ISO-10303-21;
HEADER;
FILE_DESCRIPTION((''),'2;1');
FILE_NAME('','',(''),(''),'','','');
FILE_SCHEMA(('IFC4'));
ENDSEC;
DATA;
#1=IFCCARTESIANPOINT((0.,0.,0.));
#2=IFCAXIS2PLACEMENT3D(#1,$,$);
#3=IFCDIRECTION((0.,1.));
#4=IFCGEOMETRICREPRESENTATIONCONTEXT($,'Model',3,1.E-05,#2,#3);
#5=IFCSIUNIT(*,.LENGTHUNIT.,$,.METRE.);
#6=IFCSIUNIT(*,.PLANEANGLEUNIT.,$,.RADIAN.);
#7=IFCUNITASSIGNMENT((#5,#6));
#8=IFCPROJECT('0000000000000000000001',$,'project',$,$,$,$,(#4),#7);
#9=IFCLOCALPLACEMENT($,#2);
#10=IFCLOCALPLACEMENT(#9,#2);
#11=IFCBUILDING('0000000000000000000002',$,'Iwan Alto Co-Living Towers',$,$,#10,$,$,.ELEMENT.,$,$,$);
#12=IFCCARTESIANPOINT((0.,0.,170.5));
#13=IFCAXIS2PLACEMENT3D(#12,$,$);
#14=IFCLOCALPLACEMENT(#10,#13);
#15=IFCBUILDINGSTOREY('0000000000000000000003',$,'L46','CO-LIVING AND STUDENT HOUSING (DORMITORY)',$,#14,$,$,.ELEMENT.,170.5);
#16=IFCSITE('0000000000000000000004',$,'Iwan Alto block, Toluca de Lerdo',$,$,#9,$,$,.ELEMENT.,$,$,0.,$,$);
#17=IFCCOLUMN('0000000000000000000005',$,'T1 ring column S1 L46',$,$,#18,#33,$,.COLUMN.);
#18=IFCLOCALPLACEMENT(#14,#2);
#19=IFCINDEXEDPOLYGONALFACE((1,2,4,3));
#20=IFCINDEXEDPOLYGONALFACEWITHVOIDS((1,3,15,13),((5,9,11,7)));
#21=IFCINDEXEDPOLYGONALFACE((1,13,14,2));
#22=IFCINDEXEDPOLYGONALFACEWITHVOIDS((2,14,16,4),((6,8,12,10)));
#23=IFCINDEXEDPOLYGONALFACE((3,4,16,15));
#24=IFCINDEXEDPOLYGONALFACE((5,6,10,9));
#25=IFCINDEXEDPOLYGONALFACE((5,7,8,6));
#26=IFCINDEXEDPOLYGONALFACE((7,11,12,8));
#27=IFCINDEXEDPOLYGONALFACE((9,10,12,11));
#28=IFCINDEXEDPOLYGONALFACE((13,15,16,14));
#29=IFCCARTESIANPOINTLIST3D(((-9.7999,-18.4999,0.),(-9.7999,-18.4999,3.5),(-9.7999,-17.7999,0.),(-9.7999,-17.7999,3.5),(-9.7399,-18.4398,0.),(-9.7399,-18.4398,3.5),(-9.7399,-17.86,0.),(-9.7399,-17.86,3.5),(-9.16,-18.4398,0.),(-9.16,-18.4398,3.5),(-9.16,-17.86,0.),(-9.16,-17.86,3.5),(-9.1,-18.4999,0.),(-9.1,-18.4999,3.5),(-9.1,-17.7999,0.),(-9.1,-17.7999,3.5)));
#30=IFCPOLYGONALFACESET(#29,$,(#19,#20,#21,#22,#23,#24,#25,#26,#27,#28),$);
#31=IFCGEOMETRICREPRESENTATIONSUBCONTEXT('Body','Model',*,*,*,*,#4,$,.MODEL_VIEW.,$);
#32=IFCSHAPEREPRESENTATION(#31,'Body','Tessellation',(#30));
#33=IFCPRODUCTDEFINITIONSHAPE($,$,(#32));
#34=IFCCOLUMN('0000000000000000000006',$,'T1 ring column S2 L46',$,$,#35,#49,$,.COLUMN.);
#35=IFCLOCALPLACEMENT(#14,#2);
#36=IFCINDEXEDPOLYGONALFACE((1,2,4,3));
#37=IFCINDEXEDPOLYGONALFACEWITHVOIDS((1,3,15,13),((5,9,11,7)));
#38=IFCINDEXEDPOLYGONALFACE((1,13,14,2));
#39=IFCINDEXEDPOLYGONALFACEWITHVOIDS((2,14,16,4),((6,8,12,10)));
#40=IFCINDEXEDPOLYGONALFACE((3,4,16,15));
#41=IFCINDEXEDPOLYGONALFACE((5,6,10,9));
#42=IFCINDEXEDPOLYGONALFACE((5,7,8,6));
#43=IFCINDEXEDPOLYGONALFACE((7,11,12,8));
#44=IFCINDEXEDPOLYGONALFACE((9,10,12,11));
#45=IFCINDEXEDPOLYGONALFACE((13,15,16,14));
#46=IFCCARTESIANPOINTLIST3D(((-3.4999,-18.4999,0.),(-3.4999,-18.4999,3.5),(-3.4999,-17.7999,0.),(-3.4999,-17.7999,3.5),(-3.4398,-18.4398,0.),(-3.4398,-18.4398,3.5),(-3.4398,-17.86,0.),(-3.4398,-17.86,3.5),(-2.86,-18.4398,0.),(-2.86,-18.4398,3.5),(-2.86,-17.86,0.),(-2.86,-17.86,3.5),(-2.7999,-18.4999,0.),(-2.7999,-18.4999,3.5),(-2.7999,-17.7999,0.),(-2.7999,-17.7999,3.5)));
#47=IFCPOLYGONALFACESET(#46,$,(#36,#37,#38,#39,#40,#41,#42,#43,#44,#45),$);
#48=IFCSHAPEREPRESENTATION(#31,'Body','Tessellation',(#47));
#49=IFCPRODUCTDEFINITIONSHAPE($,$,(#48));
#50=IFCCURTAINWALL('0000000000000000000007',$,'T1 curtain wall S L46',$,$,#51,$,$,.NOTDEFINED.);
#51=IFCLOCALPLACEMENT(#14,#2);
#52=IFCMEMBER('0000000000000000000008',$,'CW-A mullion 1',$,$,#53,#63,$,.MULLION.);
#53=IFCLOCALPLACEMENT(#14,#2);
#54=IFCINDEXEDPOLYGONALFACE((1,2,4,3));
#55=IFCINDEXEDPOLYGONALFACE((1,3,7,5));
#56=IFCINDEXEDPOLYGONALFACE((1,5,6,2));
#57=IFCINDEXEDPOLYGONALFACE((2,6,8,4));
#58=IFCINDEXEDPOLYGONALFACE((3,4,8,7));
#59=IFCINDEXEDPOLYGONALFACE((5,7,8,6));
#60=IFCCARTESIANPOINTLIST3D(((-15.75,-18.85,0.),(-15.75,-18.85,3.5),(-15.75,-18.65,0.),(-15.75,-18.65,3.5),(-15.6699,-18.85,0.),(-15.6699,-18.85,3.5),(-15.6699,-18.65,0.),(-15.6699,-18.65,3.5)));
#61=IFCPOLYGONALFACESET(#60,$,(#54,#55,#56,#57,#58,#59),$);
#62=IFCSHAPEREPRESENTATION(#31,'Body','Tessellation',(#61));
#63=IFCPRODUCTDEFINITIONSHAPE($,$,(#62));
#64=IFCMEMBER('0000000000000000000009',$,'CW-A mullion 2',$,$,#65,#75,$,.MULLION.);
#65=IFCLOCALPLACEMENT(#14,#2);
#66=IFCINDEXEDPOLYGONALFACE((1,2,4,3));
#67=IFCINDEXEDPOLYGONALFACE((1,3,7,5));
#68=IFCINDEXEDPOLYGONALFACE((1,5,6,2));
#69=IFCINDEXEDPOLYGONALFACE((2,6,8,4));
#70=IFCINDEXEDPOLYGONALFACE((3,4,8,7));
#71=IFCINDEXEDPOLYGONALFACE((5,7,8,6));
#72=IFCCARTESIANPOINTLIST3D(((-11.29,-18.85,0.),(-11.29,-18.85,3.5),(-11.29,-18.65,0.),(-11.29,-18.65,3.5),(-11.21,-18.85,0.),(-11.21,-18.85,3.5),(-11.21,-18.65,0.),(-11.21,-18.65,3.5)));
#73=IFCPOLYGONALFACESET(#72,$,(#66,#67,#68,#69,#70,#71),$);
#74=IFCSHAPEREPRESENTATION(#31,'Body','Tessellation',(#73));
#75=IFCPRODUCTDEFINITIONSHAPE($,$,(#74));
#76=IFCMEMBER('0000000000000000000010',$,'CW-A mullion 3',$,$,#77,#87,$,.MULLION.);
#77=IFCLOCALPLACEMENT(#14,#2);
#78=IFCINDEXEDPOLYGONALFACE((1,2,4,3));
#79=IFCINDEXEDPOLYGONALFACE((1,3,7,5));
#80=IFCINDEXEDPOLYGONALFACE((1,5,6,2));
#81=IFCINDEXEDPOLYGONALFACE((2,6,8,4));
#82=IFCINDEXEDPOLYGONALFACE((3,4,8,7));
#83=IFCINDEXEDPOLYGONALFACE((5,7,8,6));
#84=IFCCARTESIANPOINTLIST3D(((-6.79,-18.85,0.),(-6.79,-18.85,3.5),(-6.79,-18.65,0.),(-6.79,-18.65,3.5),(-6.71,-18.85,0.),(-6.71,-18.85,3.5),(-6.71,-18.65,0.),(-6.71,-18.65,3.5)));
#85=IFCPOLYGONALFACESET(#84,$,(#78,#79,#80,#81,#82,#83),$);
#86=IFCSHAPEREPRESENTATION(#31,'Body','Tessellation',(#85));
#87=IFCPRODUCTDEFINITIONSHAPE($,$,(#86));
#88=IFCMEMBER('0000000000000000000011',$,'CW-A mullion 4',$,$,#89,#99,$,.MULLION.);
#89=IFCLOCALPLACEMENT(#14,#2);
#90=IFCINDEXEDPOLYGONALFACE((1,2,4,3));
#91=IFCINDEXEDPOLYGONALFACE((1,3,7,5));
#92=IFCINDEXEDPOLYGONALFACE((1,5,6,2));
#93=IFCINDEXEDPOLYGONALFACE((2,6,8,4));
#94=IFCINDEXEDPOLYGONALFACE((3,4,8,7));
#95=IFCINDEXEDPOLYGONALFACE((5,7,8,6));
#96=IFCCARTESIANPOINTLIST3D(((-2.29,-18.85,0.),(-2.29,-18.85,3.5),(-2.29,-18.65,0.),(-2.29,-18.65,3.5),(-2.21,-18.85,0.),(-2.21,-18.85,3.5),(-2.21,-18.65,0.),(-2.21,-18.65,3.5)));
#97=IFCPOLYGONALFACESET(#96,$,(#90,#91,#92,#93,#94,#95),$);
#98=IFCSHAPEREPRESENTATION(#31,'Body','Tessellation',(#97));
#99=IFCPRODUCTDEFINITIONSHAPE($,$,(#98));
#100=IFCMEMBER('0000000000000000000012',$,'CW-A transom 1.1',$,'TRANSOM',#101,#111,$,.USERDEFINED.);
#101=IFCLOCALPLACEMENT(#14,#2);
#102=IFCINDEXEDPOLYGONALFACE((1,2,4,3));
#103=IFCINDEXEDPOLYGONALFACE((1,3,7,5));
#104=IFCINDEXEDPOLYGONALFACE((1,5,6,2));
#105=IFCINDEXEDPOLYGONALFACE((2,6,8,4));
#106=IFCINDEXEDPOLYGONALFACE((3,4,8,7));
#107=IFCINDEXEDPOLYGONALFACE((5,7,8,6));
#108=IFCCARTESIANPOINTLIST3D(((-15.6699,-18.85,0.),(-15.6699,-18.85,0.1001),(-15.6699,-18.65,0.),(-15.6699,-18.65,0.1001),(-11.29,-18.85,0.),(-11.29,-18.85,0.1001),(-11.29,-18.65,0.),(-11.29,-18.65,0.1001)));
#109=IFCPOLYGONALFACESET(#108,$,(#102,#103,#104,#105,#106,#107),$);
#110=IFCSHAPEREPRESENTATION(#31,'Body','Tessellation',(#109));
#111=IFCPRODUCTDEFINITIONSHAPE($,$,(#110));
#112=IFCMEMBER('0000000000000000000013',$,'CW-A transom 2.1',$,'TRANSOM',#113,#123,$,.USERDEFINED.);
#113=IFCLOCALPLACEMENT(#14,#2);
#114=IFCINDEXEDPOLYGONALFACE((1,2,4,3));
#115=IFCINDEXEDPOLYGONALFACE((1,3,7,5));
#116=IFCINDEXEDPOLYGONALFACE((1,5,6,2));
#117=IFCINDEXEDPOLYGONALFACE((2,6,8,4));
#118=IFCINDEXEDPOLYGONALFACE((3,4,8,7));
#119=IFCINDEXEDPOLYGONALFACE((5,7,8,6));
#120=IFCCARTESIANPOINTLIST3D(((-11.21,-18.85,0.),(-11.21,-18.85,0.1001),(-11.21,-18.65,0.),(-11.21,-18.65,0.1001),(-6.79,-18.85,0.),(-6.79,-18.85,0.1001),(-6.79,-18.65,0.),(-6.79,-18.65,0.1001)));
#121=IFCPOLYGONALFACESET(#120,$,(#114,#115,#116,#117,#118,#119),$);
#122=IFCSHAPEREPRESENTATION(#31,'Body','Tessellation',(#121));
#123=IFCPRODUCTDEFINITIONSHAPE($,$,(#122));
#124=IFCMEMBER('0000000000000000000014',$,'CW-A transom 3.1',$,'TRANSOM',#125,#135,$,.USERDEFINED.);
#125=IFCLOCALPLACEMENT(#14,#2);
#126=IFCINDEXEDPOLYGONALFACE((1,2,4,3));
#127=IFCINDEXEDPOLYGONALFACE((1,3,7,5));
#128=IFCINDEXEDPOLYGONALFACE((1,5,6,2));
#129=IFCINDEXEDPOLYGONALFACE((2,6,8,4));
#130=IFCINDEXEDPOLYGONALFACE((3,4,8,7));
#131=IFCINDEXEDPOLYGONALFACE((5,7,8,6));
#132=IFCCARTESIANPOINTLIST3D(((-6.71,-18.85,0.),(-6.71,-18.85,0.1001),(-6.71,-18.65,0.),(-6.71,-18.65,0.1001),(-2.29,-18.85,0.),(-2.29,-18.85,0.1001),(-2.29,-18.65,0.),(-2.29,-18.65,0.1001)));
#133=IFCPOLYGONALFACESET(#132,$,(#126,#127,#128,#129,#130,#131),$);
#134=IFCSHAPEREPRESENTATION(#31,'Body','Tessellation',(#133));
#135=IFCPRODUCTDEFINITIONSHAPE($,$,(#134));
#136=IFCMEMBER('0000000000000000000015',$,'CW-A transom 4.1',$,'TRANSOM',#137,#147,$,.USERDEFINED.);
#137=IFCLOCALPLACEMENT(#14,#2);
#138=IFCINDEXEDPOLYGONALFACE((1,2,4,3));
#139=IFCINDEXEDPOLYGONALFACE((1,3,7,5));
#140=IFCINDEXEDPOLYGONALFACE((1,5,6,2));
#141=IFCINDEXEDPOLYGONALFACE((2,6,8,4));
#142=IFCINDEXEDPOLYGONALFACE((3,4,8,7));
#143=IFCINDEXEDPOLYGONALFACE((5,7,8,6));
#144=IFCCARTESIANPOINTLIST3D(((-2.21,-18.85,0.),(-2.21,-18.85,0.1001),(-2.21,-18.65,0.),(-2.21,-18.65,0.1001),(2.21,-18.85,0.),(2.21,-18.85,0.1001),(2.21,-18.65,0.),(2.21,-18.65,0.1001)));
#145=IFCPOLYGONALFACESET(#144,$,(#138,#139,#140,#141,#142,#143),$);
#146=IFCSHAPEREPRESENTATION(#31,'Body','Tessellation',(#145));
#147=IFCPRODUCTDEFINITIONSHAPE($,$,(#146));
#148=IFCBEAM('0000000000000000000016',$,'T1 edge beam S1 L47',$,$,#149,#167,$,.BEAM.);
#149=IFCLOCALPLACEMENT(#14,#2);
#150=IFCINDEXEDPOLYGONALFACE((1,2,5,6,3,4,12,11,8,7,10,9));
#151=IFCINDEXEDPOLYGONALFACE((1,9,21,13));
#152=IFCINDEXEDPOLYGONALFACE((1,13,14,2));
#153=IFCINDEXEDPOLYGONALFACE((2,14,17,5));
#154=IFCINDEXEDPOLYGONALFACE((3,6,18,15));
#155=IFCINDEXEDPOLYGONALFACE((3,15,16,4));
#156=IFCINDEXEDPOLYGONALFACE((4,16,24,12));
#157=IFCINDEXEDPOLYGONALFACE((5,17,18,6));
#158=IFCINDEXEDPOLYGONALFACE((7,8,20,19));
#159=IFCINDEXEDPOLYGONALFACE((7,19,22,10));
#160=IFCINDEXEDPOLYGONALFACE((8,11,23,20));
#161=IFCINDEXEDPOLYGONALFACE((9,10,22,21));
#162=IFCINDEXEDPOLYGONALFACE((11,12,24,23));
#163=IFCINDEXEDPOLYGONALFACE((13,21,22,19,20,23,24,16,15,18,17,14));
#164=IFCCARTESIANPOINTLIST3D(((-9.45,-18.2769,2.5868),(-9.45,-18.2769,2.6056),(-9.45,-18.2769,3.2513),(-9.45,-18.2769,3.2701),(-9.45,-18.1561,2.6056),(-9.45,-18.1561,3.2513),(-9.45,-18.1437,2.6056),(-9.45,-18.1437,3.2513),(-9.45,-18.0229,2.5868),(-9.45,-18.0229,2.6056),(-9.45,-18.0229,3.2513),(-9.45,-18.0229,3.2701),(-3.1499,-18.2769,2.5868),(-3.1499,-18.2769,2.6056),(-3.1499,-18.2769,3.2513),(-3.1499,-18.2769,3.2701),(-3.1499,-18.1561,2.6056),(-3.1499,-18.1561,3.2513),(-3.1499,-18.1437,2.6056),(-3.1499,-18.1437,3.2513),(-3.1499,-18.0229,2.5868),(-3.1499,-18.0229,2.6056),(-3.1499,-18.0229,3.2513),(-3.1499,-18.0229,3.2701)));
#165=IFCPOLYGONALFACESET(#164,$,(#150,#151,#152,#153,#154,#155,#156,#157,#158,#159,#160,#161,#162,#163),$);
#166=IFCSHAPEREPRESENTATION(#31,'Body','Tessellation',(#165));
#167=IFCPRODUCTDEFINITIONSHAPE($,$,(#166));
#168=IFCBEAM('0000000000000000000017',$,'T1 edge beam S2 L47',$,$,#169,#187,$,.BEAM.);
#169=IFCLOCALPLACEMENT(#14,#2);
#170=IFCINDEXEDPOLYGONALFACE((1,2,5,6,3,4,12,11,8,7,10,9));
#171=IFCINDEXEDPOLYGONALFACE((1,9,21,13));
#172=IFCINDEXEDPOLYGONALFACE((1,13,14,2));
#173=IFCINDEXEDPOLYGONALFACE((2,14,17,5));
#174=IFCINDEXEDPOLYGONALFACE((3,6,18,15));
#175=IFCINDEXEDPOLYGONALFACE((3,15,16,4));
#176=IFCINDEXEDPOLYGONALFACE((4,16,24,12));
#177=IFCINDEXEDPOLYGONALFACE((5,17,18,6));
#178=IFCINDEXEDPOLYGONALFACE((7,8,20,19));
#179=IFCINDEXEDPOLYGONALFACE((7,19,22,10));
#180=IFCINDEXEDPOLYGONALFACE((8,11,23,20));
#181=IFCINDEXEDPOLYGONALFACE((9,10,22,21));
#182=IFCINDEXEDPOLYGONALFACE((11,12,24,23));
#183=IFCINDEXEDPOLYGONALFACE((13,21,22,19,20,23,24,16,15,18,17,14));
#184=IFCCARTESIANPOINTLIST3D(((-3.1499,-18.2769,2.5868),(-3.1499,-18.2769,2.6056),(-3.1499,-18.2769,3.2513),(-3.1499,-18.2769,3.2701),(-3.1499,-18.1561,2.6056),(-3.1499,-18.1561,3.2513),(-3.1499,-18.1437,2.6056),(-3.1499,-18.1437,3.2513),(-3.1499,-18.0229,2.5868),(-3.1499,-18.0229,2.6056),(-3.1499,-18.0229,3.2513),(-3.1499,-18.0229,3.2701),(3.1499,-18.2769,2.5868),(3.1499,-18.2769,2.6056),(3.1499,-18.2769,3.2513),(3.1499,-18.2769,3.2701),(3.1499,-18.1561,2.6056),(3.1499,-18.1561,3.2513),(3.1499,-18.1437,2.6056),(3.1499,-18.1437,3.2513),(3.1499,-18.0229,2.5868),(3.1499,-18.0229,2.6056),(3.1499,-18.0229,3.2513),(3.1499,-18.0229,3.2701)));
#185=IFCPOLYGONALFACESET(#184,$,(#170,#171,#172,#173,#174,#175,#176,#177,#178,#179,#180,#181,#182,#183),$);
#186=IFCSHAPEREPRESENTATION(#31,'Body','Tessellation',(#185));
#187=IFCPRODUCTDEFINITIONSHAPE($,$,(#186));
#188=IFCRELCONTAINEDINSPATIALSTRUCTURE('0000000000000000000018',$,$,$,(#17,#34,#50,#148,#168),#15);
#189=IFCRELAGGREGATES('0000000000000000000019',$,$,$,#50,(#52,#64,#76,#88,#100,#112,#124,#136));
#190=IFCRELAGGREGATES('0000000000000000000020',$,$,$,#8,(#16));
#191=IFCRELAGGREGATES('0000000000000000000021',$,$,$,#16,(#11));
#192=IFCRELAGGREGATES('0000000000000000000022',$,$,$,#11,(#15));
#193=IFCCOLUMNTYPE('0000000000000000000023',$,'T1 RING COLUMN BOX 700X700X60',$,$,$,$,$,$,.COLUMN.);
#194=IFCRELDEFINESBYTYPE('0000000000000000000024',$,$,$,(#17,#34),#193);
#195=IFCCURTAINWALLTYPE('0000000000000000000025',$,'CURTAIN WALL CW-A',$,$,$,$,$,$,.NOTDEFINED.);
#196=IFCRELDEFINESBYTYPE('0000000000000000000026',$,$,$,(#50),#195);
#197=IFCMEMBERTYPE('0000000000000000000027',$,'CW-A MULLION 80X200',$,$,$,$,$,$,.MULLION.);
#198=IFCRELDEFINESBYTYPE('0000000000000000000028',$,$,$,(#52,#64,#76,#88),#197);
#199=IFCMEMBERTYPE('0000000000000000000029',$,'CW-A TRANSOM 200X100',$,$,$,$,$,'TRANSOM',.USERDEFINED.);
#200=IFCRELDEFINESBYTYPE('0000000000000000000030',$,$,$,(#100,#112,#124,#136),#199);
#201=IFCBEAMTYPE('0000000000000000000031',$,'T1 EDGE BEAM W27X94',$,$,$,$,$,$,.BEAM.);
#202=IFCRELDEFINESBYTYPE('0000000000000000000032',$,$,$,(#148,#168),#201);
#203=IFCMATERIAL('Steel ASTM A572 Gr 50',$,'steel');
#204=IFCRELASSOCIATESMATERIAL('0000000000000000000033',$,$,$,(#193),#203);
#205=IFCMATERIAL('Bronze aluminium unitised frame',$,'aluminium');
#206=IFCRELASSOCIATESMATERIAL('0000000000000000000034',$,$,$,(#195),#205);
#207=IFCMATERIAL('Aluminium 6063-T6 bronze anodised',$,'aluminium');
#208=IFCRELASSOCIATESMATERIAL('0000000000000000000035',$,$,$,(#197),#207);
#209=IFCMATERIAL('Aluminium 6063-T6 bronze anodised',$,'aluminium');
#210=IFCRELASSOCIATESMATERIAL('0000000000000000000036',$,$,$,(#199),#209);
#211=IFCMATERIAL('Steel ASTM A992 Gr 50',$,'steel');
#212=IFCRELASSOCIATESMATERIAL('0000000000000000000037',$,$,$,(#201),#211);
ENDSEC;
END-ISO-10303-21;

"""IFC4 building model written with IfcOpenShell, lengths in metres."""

from ifc_helpers import new_model, si_unit, direction, frame, origin, origin_2d, place, context, subcontext, project, spatial, rectangle, hollow_rectangle, i_section, extrude, material, material_profile, profile_set, type_object, element, aggregate, save


model = new_model("IFC4")

# Units and contexts
model_context = context("Model", 3, precision=1e-05, world=origin(), true_north=direction((0.0, 1.0)))
body_context = subcontext(model_context, "Body", "Model", "MODEL_VIEW")
ifc_project = project(units=[si_unit("LENGTHUNIT", "METRE"), si_unit("PLANEANGLEUNIT", "RADIAN")], contexts=[model_context])

# Site, building, storey
site_placement = place(None, origin())
site = spatial("IfcSite", under=ifc_project, at=site_placement, Name="Iwan Alto block, Toluca de Lerdo", CompositionType="ELEMENT", RefElevation=0.0)
building_placement = place(site_placement, origin())
building = spatial("IfcBuilding", under=site, at=building_placement, Name="Iwan Alto Co-Living Towers", CompositionType="ELEMENT")
storey_placement = place(building_placement, frame((0.0, 0.0, 170.5)))
storey = spatial("IfcBuildingStorey", under=building, at=storey_placement, Name="L46", Description="CO-LIVING AND STUDENT HOUSING (DORMITORY)", CompositionType="ELEMENT", Elevation=170.5)

# Columns
ifc_material_1 = material(Name="Steel ASTM A572 Gr 50", Category="steel")
ifc_material_profile_1 = material_profile(ifc_material_1, hollow_rectangle(XDim=0.7, YDim=0.7, WallThickness=0.0601, at=origin_2d()), Name="BOX 700X700X60")
ifc_profile_set_1 = profile_set([ifc_material_profile_1], Name="Steel ASTM A572 Gr 50")
column_type = type_object("IfcColumnType", Name="T1 RING COLUMN BOX 700X700X60", PredefinedType="COLUMN", material=ifc_profile_set_1)
for number, where, z_axis, x_axis, name in (
    (1, (-9.45, -18.1499, 0.0), (0.0, 0.0, 1.0), (1.0, 0.0, 0.0), "T1 ring column S1 L46"),
    (2, (-3.1499, -18.1499, 0.0), (0.0, 0.0, 1.0), (1.0, 0.0, 0.0), "T1 ring column S2 L46"),
):
    element("IfcColumn", number, at=place(storey_placement, frame(where, z_axis=z_axis, x_axis=x_axis)), inside=storey, type_object=column_type, Name=name, PredefinedType="COLUMN", context=body_context, shape_type="SweptSolid", body=[
        extrude(hollow_rectangle(XDim=0.7, YDim=0.7, WallThickness=0.0601, at=origin_2d()), origin(), (0.0, 0.0, 1.0), 3.5),
    ])

# Curtain wall, members
ifc_material_2 = material(Name="Bronze aluminium unitised frame", Category="aluminium")
curtain_wall_type = type_object("IfcCurtainWallType", Name="CURTAIN WALL CW-A", PredefinedType="NOTDEFINED", material=ifc_material_2)
curtain_wall_placement = place(storey_placement, origin())
curtain_wall = element("IfcCurtainWall", 3, at=curtain_wall_placement, inside=storey, type_object=curtain_wall_type, Name="T1 curtain wall S L46", PredefinedType="NOTDEFINED")
ifc_material_3 = material(Name="Aluminium 6063-T6 bronze anodised", Category="aluminium")
ifc_material_profile_2 = material_profile(ifc_material_3, rectangle(XDim=0.2, YDim=0.0801, at=origin_2d()), Name="AL 80X200")
ifc_profile_set_2 = profile_set([ifc_material_profile_2], Name="Aluminium 6063-T6 bronze anodised")
member_type_1 = type_object("IfcMemberType", Name="CW-A MULLION 80X200", PredefinedType="MULLION", material=ifc_profile_set_2)
member_1_placement = place(storey_placement, frame((-15.71, -18.75, 0.0), z_axis=(0.0, 0.0, 1.0), x_axis=(0.0, 1.0, 0.0)))
member_1 = element("IfcMember", 4, at=member_1_placement, type_object=member_type_1, Name="CW-A mullion 1", PredefinedType="MULLION", context=body_context, shape_type="SweptSolid", body=[
    extrude(rectangle(XDim=0.2, YDim=0.0801, at=origin_2d()), origin(), (0.0, 0.0, 1.0), 3.5),
])
member_2_placement = place(storey_placement, frame((-11.25, -18.75, 0.0), z_axis=(0.0, 0.0, 1.0), x_axis=(0.0, 1.0, 0.0)))
member_2 = element("IfcMember", 5, at=member_2_placement, type_object=member_type_1, Name="CW-A mullion 2", PredefinedType="MULLION", context=body_context, shape_type="SweptSolid", body=[
    extrude(rectangle(XDim=0.2, YDim=0.0801, at=origin_2d()), origin(), (0.0, 0.0, 1.0), 3.5),
])
member_3_placement = place(storey_placement, frame((-6.75, -18.75, 0.0), z_axis=(0.0, 0.0, 1.0), x_axis=(0.0, 1.0, 0.0)))
member_3 = element("IfcMember", 6, at=member_3_placement, type_object=member_type_1, Name="CW-A mullion 3", PredefinedType="MULLION", context=body_context, shape_type="SweptSolid", body=[
    extrude(rectangle(XDim=0.2, YDim=0.0801, at=origin_2d()), origin(), (0.0, 0.0, 1.0), 3.5),
])
member_4_placement = place(storey_placement, frame((-2.25, -18.75, 0.0), z_axis=(0.0, 0.0, 1.0), x_axis=(0.0, 1.0, 0.0)))
member_4 = element("IfcMember", 7, at=member_4_placement, type_object=member_type_1, Name="CW-A mullion 4", PredefinedType="MULLION", context=body_context, shape_type="SweptSolid", body=[
    extrude(rectangle(XDim=0.2, YDim=0.0801, at=origin_2d()), origin(), (0.0, 0.0, 1.0), 3.5),
])
ifc_material_4 = material(Name="Aluminium 6063-T6 bronze anodised", Category="aluminium")
ifc_material_profile_3 = material_profile(ifc_material_4, rectangle(XDim=0.2, YDim=0.1001, at=origin_2d()), Name="AL 200X100")
ifc_profile_set_3 = profile_set([ifc_material_profile_3], Name="Aluminium 6063-T6 bronze anodised")
member_type_2 = type_object("IfcMemberType", Name="CW-A TRANSOM 200X100", ElementType="TRANSOM", PredefinedType="USERDEFINED", material=ifc_profile_set_3)
member_5_placement = place(storey_placement, frame((-15.6699, -18.75, 0.05), z_axis=(1.0, 0.0, 0.0), x_axis=(0.0, 1.0, 0.0)))
member_5 = element("IfcMember", 8, at=member_5_placement, type_object=member_type_2, Name="CW-A transom 1.1", ObjectType="TRANSOM", PredefinedType="USERDEFINED", context=body_context, shape_type="SweptSolid", body=[
    extrude(rectangle(XDim=0.2, YDim=0.1001, at=origin_2d()), origin(), (0.0, 0.0, 1.0), 4.3799),
])
member_6_placement = place(storey_placement, frame((-11.21, -18.75, 0.05), z_axis=(1.0, 0.0, 0.0), x_axis=(0.0, 1.0, 0.0)))
member_6 = element("IfcMember", 9, at=member_6_placement, type_object=member_type_2, Name="CW-A transom 2.1", ObjectType="TRANSOM", PredefinedType="USERDEFINED", context=body_context, shape_type="SweptSolid", body=[
    extrude(rectangle(XDim=0.2, YDim=0.1001, at=origin_2d()), origin(), (0.0, 0.0, 1.0), 4.4199),
])
member_7_placement = place(storey_placement, frame((-6.71, -18.75, 0.05), z_axis=(1.0, 0.0, 0.0), x_axis=(0.0, 1.0, 0.0)))
member_7 = element("IfcMember", 10, at=member_7_placement, type_object=member_type_2, Name="CW-A transom 3.1", ObjectType="TRANSOM", PredefinedType="USERDEFINED", context=body_context, shape_type="SweptSolid", body=[
    extrude(rectangle(XDim=0.2, YDim=0.1001, at=origin_2d()), origin(), (0.0, 0.0, 1.0), 4.4199),
])
member_8_placement = place(storey_placement, frame((-2.21, -18.75, 0.05), z_axis=(1.0, 0.0, 0.0), x_axis=(0.0, 1.0, 0.0)))
member_8 = element("IfcMember", 11, at=member_8_placement, type_object=member_type_2, Name="CW-A transom 4.1", ObjectType="TRANSOM", PredefinedType="USERDEFINED", context=body_context, shape_type="SweptSolid", body=[
    extrude(rectangle(XDim=0.2, YDim=0.1001, at=origin_2d()), origin(), (0.0, 0.0, 1.0), 4.4199),
])

# Beams
ifc_material_5 = material(Name="Steel ASTM A992 Gr 50", Category="steel")
ifc_material_profile_4 = material_profile(ifc_material_5, i_section(OverallWidth=0.2539, OverallDepth=0.6833, WebThickness=0.0125, FlangeThickness=0.0188, at=origin_2d()), Name="W27X94")
ifc_profile_set_4 = profile_set([ifc_material_profile_4], Name="Steel ASTM A992 Gr 50")
beam_type_1 = type_object("IfcBeamType", Name="T1 EDGE BEAM W27X94", PredefinedType="BEAM", material=ifc_profile_set_4)
beam_1_placement = place(storey_placement, frame((-9.45, -18.1499, 2.9285), z_axis=(1.0, 0.0, 0.0), x_axis=(0.0, 1.0, 0.0)))
element("IfcBeam", 12, at=beam_1_placement, inside=storey, type_object=beam_type_1, Name="T1 edge beam S1 L47", PredefinedType="BEAM", context=body_context, shape_type="SweptSolid", body=[
    extrude(i_section(OverallWidth=0.2539, OverallDepth=0.6833, WebThickness=0.0125, FlangeThickness=0.0188, at=origin_2d()), origin(), (0.0, 0.0, 1.0), 6.3),
])
beam_2_placement = place(storey_placement, frame((-3.1499, -18.1499, 2.9285), z_axis=(1.0, 0.0, 0.0), x_axis=(0.0, 1.0, 0.0)))
element("IfcBeam", 13, at=beam_2_placement, inside=storey, type_object=beam_type_1, Name="T1 edge beam S2 L47", PredefinedType="BEAM", context=body_context, shape_type="SweptSolid", body=[
    extrude(i_section(OverallWidth=0.2539, OverallDepth=0.6833, WebThickness=0.0125, FlangeThickness=0.0188, at=origin_2d()), origin(), (0.0, 0.0, 1.0), 6.2998),
])

aggregate(curtain_wall, [member_1, member_2, member_3, member_4, member_5, member_6, member_7, member_8])

save(model, "model.ifc")
